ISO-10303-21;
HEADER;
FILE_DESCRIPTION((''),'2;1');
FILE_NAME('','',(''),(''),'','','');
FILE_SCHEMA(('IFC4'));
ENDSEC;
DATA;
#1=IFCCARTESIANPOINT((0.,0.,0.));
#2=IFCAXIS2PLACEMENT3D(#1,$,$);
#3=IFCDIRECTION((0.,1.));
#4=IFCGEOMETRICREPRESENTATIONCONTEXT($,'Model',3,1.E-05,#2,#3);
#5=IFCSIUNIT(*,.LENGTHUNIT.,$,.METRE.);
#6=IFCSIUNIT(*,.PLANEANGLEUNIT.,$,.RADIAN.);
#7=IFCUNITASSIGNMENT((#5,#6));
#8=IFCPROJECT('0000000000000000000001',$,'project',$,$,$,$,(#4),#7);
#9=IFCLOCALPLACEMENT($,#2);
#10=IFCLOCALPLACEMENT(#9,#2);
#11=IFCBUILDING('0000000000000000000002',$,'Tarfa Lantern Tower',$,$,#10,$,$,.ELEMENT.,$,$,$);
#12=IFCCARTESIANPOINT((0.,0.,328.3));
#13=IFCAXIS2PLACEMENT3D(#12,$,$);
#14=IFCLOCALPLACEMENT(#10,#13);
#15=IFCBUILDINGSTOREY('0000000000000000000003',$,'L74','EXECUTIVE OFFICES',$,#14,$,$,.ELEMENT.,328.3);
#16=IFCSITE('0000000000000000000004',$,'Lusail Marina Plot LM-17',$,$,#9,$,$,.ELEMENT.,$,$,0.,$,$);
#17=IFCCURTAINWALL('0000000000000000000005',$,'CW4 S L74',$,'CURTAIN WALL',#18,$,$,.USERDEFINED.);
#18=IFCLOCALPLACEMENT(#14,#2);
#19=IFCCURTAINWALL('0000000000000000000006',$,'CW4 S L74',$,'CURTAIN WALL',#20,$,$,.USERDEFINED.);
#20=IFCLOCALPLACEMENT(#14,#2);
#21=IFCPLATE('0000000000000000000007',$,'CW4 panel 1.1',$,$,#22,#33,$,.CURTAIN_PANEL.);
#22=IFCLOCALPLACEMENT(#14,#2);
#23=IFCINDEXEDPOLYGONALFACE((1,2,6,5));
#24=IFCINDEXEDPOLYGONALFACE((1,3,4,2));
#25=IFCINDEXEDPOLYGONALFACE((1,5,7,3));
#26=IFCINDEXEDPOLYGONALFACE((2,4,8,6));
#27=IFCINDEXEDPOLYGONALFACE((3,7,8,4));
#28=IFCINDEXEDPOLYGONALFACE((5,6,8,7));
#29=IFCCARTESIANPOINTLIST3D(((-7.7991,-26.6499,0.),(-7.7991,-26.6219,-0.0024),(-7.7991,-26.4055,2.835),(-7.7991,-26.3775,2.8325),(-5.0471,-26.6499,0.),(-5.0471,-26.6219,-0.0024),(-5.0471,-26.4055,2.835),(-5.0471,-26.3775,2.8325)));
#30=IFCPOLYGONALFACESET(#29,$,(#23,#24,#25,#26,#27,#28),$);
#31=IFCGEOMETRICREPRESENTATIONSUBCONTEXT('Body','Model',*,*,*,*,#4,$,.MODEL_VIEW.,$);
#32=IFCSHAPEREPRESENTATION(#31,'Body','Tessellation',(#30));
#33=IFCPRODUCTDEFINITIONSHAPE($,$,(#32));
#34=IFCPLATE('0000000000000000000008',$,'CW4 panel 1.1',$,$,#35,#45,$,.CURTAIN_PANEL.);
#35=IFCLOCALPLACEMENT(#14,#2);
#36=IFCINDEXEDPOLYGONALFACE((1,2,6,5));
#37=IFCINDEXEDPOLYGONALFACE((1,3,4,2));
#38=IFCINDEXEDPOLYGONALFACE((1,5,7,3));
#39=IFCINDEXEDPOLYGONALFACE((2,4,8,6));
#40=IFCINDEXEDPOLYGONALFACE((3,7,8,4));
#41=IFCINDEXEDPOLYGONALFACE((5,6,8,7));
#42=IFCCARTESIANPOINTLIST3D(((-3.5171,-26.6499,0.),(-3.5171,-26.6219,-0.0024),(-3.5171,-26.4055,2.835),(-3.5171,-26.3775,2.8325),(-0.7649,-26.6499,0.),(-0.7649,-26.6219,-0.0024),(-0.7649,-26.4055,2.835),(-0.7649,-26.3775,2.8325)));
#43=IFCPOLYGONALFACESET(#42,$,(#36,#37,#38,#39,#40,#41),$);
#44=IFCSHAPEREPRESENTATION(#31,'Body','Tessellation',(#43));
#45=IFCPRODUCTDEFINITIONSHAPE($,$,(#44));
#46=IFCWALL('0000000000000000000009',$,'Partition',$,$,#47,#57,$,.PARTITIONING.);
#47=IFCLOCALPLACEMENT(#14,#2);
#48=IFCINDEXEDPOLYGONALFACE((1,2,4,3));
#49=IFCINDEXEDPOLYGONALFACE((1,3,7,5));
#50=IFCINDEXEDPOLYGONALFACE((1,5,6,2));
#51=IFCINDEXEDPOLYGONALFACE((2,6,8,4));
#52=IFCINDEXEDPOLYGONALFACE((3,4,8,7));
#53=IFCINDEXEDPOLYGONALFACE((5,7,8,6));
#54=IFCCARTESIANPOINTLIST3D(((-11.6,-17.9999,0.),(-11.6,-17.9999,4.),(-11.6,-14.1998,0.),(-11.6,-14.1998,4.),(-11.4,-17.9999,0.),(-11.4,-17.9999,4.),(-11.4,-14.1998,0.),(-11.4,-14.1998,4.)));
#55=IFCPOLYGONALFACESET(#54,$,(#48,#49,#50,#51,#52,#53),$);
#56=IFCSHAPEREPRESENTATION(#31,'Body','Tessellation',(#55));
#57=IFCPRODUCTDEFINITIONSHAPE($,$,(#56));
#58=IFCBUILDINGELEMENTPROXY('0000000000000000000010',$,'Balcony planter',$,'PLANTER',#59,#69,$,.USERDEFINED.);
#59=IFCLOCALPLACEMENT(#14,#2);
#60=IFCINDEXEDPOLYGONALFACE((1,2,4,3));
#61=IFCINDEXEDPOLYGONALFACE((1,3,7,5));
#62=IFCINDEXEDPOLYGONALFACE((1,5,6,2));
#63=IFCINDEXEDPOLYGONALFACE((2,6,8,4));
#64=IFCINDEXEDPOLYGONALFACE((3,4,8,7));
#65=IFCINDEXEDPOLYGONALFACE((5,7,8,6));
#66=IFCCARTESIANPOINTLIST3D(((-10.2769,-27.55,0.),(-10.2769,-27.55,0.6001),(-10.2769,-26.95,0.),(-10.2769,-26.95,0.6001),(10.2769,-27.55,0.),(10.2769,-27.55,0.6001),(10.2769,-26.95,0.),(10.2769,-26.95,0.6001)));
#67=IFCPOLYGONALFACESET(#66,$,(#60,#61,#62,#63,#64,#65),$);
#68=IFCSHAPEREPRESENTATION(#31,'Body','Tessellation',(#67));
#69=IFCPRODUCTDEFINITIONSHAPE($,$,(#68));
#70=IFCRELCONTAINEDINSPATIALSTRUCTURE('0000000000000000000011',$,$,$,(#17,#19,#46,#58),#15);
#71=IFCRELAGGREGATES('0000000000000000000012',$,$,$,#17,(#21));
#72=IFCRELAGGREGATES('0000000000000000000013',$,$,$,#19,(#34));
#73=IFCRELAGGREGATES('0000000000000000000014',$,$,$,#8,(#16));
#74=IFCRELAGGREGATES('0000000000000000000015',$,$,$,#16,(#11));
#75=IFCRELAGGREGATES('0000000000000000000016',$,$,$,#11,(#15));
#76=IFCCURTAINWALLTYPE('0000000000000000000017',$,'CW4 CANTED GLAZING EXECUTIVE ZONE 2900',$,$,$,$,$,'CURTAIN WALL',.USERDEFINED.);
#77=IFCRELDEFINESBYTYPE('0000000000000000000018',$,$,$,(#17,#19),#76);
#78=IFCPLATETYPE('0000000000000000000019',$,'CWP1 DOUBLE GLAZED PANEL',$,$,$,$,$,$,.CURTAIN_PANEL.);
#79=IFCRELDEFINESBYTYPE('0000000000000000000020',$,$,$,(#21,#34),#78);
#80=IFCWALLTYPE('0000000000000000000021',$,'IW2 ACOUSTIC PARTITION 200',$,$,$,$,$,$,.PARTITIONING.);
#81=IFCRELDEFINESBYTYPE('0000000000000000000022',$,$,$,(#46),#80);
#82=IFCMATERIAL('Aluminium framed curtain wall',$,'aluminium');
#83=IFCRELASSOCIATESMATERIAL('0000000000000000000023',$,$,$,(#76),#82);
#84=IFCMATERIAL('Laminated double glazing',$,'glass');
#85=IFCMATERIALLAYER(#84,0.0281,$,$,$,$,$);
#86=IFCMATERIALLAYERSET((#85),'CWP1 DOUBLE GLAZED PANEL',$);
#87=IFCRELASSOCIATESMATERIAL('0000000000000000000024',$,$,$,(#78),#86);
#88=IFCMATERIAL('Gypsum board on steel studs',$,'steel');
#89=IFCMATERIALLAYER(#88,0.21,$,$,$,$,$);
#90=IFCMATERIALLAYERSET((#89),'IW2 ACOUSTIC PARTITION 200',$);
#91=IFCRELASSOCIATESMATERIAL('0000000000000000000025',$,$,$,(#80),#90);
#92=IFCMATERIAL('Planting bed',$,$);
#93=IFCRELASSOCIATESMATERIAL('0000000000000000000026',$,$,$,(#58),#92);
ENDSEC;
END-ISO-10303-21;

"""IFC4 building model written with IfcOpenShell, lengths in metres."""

from ifc_helpers import new_model, si_unit, direction, frame, frame_2d, origin, origin_2d, place, context, subcontext, project, spatial, polyline, rectangle, outline, extrude, material, layer, layer_set, type_object, element, aggregate, save


model = new_model("IFC4")

# Units and contexts
model_context = context("Model", 3, precision=1e-05, world=origin(), true_north=direction((0.0, 1.0)))
body_context = subcontext(model_context, "Body", "Model", "MODEL_VIEW")
ifc_project = project(units=[si_unit("LENGTHUNIT", "METRE"), si_unit("PLANEANGLEUNIT", "RADIAN")], contexts=[model_context])

# Site, building, storey
site_placement = place(None, origin())
site = spatial("IfcSite", under=ifc_project, at=site_placement, Name="Lusail Marina Plot LM-17", CompositionType="ELEMENT", RefElevation=0.0)
building_placement = place(site_placement, origin())
building = spatial("IfcBuilding", under=site, at=building_placement, Name="Tarfa Lantern Tower", CompositionType="ELEMENT")
storey_placement = place(building_placement, frame((0.0, 0.0, 328.3)))
storey = spatial("IfcBuildingStorey", under=building, at=storey_placement, Name="L74", Description="EXECUTIVE OFFICES", CompositionType="ELEMENT", Elevation=328.3)

# Shared definitions
ifc_material_1 = material(Name="Aluminium framed curtain wall", Category="aluminium")
curtain_wall_type = type_object("IfcCurtainWallType", Name="CW4 CANTED GLAZING EXECUTIVE ZONE 2900", ElementType="CURTAIN WALL", PredefinedType="USERDEFINED", material=ifc_material_1)

# Curtain walls
curtain_wall_1_placement = place(storey_placement, origin())
curtain_wall_1 = element("IfcCurtainWall", 1, at=curtain_wall_1_placement, inside=storey, type_object=curtain_wall_type, Name="CW4 S L74", ObjectType="CURTAIN WALL", PredefinedType="USERDEFINED")
curtain_wall_2_placement = place(storey_placement, origin())
curtain_wall_2 = element("IfcCurtainWall", 2, at=curtain_wall_2_placement, inside=storey, type_object=curtain_wall_type, Name="CW4 S L74", ObjectType="CURTAIN WALL", PredefinedType="USERDEFINED")

# Plates
ifc_material_2 = material(Name="Laminated double glazing", Category="glass")
ifc_layer_1 = layer(ifc_material_2, 0.0281)
ifc_layer_set_1 = layer_set([ifc_layer_1], Name="CWP1 DOUBLE GLAZED PANEL")
plate_type = type_object("IfcPlateType", Name="CWP1 DOUBLE GLAZED PANEL", PredefinedType="CURTAIN_PANEL", material=ifc_layer_set_1)
plate_1_placement = place(storey_placement, frame((-7.7991, -26.6499, 0.0), z_axis=(0.0, -0.996305, 0.085885), x_axis=(1.0, 0.0, 0.0)))
plate_1 = element("IfcPlate", 3, at=plate_1_placement, type_object=plate_type, Name="CW4 panel 1.1", PredefinedType="CURTAIN_PANEL", context=body_context, shape_type="SweptSolid", body=[
    extrude(outline(polyline([(0.0, 0.0), (2.752, 0.0), (2.752, 2.8455), (0.0, 2.8455), (0.0, 0.0)])), origin(), (0.0, 0.0, -1.0), 0.0281),
])
aggregate(curtain_wall_1, [plate_1])
plate_2_placement = place(storey_placement, frame((-3.5171, -26.6499, 0.0), z_axis=(0.0, -0.996305, 0.085885), x_axis=(1.0, 0.0, 0.0)))
plate_2 = element("IfcPlate", 4, at=plate_2_placement, type_object=plate_type, Name="CW4 panel 1.1", PredefinedType="CURTAIN_PANEL", context=body_context, shape_type="SweptSolid", body=[
    extrude(outline(polyline([(0.0, 0.0), (2.7522, 0.0), (2.7522, 2.8455), (0.0, 2.8455), (0.0, 0.0)])), origin(), (0.0, 0.0, -1.0), 0.0281),
])
aggregate(curtain_wall_2, [plate_2])

# Wall
ifc_material_3 = material(Name="Gypsum board on steel studs", Category="steel")
ifc_layer_2 = layer(ifc_material_3, 0.21)
ifc_layer_set_2 = layer_set([ifc_layer_2], Name="IW2 ACOUSTIC PARTITION 200")
wall_type = type_object("IfcWallType", Name="IW2 ACOUSTIC PARTITION 200", PredefinedType="PARTITIONING", material=ifc_layer_set_2)
wall_placement = place(storey_placement, frame((-11.5, -14.2, 0.0), z_axis=(0.0, 0.0, 1.0), x_axis=(0.0, -1.0, 0.0)))
element("IfcWall", 5, at=wall_placement, inside=storey, type_object=wall_type, Name="Partition", PredefinedType="PARTITIONING", context=body_context, shape_type="SweptSolid", body=[
    extrude(rectangle(XDim=3.8, YDim=0.2, at=frame_2d((1.8999, 0.0))), origin(), (0.0, 0.0, 1.0), 4.0),
])

# Building element proxy
ifc_material_4 = material(Name="Planting bed")
proxy_placement = place(storey_placement, frame((0.0, -27.25, 0.0), z_axis=(0.0, 0.0, 1.0), x_axis=(1.0, 0.0, 0.0)))
element("IfcBuildingElementProxy", 6, at=proxy_placement, inside=storey, material=ifc_material_4, Name="Balcony planter", ObjectType="PLANTER", PredefinedType="USERDEFINED", context=body_context, shape_type="SweptSolid", body=[
    extrude(rectangle(XDim=20.5537, YDim=0.6001, at=origin_2d()), origin(), (0.0, 0.0, 1.0), 0.6001),
])

save(model, "model.ifc")
